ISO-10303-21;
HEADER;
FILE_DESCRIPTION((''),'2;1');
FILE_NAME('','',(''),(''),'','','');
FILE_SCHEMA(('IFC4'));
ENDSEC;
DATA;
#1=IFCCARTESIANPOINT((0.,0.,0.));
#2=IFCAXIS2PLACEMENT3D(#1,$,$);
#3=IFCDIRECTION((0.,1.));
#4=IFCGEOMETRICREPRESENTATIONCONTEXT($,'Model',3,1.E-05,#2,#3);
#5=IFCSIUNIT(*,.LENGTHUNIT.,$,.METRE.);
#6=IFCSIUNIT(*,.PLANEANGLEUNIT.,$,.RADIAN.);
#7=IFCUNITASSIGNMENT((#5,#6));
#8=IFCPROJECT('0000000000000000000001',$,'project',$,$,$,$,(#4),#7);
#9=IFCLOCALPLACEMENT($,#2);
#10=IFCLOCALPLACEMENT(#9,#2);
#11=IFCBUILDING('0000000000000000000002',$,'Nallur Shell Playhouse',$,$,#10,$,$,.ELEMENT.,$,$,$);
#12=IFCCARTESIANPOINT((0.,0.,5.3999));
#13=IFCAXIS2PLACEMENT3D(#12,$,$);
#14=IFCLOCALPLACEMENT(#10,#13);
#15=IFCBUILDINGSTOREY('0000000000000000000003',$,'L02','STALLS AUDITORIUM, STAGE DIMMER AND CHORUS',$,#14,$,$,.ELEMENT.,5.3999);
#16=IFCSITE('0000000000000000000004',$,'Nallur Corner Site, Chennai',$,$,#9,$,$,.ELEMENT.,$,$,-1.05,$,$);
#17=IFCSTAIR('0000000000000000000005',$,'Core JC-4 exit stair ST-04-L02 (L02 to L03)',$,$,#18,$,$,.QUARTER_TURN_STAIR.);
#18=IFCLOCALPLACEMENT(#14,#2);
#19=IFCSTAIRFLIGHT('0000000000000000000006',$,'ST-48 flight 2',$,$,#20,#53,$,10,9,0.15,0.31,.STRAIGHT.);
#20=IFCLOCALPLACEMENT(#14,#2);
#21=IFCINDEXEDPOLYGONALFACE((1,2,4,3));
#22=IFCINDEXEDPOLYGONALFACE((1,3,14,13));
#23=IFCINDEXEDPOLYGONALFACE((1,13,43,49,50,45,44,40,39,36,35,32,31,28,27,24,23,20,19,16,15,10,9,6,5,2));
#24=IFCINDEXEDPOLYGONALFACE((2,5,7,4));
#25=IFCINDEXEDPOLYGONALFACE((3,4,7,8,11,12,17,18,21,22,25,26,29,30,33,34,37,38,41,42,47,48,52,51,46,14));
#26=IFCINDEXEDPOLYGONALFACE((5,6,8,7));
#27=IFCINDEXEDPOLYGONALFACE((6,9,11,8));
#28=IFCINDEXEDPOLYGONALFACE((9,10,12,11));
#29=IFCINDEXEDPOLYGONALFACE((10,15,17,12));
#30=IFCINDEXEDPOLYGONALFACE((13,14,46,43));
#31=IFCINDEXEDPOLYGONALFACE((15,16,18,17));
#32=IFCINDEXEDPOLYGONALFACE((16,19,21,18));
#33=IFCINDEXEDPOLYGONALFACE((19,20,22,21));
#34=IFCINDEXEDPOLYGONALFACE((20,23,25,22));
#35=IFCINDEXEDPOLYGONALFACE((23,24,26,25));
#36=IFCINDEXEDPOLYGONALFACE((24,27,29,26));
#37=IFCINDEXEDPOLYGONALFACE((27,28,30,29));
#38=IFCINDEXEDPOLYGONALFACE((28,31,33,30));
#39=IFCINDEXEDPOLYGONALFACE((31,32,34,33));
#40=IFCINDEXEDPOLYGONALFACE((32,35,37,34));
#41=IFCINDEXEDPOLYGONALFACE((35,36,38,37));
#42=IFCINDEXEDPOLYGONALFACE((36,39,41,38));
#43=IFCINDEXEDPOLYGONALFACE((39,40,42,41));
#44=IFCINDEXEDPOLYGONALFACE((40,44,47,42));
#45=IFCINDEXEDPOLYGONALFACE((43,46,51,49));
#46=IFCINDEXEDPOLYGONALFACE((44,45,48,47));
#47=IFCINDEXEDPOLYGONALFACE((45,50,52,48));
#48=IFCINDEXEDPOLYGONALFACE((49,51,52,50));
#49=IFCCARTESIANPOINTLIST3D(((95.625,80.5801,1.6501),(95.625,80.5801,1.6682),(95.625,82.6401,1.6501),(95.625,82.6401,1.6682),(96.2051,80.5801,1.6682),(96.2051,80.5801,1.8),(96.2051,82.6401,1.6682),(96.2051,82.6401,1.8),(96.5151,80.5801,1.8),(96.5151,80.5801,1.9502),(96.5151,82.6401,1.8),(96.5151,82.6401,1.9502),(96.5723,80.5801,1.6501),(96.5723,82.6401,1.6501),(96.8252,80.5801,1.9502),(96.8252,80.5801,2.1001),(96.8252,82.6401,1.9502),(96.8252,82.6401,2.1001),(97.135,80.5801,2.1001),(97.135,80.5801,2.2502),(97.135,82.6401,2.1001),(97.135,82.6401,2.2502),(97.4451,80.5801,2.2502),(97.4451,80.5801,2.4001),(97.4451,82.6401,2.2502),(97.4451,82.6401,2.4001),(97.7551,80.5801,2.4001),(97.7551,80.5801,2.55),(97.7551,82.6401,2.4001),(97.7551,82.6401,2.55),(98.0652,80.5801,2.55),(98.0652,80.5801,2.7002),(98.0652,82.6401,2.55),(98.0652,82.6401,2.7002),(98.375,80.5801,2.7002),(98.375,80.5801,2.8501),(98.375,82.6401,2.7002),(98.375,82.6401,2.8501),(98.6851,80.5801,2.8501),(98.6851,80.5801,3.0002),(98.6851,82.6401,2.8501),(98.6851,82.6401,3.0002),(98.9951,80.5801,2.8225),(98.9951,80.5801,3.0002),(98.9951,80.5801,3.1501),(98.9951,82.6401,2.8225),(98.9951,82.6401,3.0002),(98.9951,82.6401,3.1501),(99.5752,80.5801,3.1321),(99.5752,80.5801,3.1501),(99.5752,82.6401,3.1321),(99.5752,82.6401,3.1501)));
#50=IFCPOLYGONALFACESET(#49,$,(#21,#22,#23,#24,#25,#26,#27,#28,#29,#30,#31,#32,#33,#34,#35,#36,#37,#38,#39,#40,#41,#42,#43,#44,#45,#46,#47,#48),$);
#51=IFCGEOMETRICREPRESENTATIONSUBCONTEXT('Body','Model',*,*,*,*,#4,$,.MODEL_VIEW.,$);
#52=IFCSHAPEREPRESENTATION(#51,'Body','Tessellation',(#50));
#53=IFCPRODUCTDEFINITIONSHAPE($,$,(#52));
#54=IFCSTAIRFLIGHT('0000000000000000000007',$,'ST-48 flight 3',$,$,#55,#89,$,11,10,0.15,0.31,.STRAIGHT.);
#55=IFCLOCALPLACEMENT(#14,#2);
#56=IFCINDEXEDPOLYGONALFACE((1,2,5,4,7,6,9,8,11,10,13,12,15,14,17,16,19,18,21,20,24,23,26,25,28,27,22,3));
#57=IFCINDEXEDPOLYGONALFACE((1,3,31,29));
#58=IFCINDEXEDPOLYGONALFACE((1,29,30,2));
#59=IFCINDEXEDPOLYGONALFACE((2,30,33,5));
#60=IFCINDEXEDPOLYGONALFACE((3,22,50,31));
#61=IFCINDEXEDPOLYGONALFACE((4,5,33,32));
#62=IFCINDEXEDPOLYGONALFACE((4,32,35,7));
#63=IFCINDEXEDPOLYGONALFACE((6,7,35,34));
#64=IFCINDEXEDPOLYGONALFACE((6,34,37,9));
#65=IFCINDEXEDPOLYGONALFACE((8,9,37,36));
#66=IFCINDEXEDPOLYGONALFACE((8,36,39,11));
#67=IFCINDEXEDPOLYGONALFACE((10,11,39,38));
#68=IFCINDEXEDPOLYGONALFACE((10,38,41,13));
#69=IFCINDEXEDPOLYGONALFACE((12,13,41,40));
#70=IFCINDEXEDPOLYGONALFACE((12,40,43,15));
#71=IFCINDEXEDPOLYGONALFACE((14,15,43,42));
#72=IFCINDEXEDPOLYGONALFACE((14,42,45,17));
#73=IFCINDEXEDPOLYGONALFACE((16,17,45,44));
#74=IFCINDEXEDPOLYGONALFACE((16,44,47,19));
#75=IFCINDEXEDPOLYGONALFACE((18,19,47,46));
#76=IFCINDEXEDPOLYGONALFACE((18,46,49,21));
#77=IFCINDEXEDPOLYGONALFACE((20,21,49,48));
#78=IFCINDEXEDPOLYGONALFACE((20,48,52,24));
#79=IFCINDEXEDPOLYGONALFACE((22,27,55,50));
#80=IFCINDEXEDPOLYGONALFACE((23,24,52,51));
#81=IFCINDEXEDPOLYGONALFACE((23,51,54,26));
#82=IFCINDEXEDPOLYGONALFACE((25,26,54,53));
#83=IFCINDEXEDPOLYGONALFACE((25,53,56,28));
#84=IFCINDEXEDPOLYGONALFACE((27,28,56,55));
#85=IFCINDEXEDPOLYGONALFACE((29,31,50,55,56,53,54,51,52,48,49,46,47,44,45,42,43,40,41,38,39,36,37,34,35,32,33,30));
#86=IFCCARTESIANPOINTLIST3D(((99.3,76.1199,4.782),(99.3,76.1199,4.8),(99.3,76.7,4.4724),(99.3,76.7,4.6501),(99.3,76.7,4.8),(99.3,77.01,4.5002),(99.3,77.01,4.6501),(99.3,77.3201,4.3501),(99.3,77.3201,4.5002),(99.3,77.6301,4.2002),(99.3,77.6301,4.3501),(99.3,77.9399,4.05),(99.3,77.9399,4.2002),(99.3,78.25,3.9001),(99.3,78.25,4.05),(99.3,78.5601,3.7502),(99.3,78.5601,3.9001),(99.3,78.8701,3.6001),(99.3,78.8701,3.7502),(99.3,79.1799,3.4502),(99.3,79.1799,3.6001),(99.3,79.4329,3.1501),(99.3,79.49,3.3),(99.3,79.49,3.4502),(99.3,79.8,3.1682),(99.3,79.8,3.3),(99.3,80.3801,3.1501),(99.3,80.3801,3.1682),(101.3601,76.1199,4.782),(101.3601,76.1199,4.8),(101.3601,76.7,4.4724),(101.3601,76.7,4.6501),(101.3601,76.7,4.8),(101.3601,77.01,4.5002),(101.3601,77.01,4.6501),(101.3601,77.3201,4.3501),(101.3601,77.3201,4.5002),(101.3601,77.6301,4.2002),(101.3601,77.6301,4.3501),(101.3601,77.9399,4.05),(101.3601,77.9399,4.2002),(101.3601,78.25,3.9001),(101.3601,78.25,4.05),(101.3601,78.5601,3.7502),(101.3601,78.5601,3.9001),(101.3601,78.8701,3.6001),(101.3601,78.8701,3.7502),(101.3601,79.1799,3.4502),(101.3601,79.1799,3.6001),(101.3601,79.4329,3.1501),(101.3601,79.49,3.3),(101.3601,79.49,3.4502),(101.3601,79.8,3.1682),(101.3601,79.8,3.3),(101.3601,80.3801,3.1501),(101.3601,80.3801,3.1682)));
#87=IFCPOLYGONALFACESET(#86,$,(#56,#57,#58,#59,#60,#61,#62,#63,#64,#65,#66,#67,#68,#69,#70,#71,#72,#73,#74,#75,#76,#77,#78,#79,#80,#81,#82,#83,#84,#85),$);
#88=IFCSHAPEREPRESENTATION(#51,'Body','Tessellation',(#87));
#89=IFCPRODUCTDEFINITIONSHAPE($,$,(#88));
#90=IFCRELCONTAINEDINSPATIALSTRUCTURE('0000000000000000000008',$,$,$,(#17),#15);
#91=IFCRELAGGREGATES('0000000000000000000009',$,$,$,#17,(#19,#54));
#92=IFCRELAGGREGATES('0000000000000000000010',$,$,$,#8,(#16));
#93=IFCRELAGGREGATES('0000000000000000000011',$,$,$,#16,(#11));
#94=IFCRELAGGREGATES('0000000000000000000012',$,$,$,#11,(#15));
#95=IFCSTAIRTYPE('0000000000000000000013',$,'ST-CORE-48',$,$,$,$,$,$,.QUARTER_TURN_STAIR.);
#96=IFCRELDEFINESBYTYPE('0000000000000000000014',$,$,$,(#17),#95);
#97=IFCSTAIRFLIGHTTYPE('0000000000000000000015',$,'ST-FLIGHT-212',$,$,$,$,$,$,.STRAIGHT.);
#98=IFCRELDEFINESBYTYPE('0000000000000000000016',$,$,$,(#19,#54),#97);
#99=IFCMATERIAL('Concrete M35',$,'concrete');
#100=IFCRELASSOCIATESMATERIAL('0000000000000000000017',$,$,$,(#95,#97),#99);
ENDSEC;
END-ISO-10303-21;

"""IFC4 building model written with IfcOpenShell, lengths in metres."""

from ifc_helpers import new_model, si_unit, direction, frame, origin, place, context, subcontext, project, spatial, polyline, outline, extrude, material, type_object, element, aggregate, save


model = new_model("IFC4")

# Units and contexts
model_context = context("Model", 3, precision=1e-05, world=origin(), true_north=direction((0.0, 1.0)))
body_context = subcontext(model_context, "Body", "Model", "MODEL_VIEW")
ifc_project = project(units=[si_unit("LENGTHUNIT", "METRE"), si_unit("PLANEANGLEUNIT", "RADIAN")], contexts=[model_context])

# Site, building, storey
site_placement = place(None, origin())
site = spatial("IfcSite", under=ifc_project, at=site_placement, Name="Nallur Corner Site, Chennai", CompositionType="ELEMENT", RefElevation=-1.05)
building_placement = place(site_placement, origin())
building = spatial("IfcBuilding", under=site, at=building_placement, Name="Nallur Shell Playhouse", CompositionType="ELEMENT")
storey_placement = place(building_placement, frame((0.0, 0.0, 5.3999)))
storey = spatial("IfcBuildingStorey", under=building, at=storey_placement, Name="L02", Description="STALLS AUDITORIUM, STAGE DIMMER AND CHORUS", CompositionType="ELEMENT", Elevation=5.3999)

# Shared definitions
ifc_material_1 = material(Name="Concrete M35", Category="concrete")

# Stair, stair flights
stair_type = type_object("IfcStairType", Name="ST-CORE-48", PredefinedType="QUARTER_TURN_STAIR", material=ifc_material_1)
stair_placement = place(storey_placement, origin())
stair = element("IfcStair", 1, at=stair_placement, inside=storey, type_object=stair_type, Name="Core JC-4 exit stair ST-04-L02 (L02 to L03)", PredefinedType="QUARTER_TURN_STAIR")
stair_flight_type = type_object("IfcStairFlightType", Name="ST-FLIGHT-212", PredefinedType="STRAIGHT", material=ifc_material_1)
stair_flight_1_placement = place(storey_placement, frame((96.2051, 81.6101, 1.6501), z_axis=(0.0, 0.0, 1.0), x_axis=(1.0, 0.0, 0.0)))
stair_flight_1 = element("IfcStairFlight", 2, at=stair_flight_1_placement, type_object=stair_flight_type, Name="ST-48 flight 2", NumberOfRisers=10, NumberOfTreads=9, PredefinedType="STRAIGHT", RiserHeight=0.15, TreadLength=0.31, context=body_context, shape_type="SweptSolid", body=[
    extrude(outline(polyline([(-0.5801, 0.0), (-0.5801, 0.0181), (0.0, 0.0181), (0.0, 0.1499), (0.3101, 0.1499), (0.3101, 0.3), (0.6201, 0.3), (0.6201, 0.45), (0.9299, 0.45), (0.9299, 0.6001), (1.24, 0.6001), (1.24, 0.75), (1.55, 0.75), (1.55, 0.8999), (1.8601, 0.8999), (1.8601, 1.05), (2.1699, 1.05), (2.1699, 1.2), (2.48, 1.2), (2.48, 1.3501), (2.79, 1.3501), (2.79, 1.5), (3.3701, 1.5), (3.3701, 1.4819), (2.79, 1.1724), (0.3672, 0.0), (-0.5801, 0.0)])), frame((0.0, 1.03, 0.0), z_axis=(0.0, -1.0, 0.0), x_axis=(1.0, 0.0, 0.0)), (0.0, 0.0, 1.0), 2.0601),
])
stair_flight_2_placement = place(storey_placement, frame((100.3301, 79.8, 3.1501), z_axis=(0.0, 0.0, 1.0), x_axis=(0.0, -1.0, 0.0)))
stair_flight_2 = element("IfcStairFlight", 3, at=stair_flight_2_placement, type_object=stair_flight_type, Name="ST-48 flight 3", NumberOfRisers=11, NumberOfTreads=10, PredefinedType="STRAIGHT", RiserHeight=0.15, TreadLength=0.31, context=body_context, shape_type="SweptSolid", body=[
    extrude(outline(polyline([(-0.5801, 0.0), (-0.5801, 0.0181), (0.0, 0.0181), (0.0, 0.1499), (0.3101, 0.1499), (0.3101, 0.3), (0.6201, 0.3), (0.6201, 0.45), (0.9299, 0.45), (0.9299, 0.6001), (1.24, 0.6001), (1.24, 0.75), (1.55, 0.75), (1.55, 0.8999), (1.8601, 0.8999), (1.8601, 1.05), (2.1699, 1.05), (2.1699, 1.2), (2.48, 1.2), (2.48, 1.3501), (2.79, 1.3501), (2.79, 1.5), (3.1001, 1.5), (3.1001, 1.6499), (3.6802, 1.6499), (3.6802, 1.6318), (3.1001, 1.3223), (0.3672, 0.0), (-0.5801, 0.0)])), frame((0.0, 1.03, 0.0), z_axis=(0.0, -1.0, 0.0), x_axis=(1.0, 0.0, 0.0)), (0.0, 0.0, 1.0), 2.0601),
])
aggregate(stair, [stair_flight_1, stair_flight_2])

save(model, "model.ifc")
